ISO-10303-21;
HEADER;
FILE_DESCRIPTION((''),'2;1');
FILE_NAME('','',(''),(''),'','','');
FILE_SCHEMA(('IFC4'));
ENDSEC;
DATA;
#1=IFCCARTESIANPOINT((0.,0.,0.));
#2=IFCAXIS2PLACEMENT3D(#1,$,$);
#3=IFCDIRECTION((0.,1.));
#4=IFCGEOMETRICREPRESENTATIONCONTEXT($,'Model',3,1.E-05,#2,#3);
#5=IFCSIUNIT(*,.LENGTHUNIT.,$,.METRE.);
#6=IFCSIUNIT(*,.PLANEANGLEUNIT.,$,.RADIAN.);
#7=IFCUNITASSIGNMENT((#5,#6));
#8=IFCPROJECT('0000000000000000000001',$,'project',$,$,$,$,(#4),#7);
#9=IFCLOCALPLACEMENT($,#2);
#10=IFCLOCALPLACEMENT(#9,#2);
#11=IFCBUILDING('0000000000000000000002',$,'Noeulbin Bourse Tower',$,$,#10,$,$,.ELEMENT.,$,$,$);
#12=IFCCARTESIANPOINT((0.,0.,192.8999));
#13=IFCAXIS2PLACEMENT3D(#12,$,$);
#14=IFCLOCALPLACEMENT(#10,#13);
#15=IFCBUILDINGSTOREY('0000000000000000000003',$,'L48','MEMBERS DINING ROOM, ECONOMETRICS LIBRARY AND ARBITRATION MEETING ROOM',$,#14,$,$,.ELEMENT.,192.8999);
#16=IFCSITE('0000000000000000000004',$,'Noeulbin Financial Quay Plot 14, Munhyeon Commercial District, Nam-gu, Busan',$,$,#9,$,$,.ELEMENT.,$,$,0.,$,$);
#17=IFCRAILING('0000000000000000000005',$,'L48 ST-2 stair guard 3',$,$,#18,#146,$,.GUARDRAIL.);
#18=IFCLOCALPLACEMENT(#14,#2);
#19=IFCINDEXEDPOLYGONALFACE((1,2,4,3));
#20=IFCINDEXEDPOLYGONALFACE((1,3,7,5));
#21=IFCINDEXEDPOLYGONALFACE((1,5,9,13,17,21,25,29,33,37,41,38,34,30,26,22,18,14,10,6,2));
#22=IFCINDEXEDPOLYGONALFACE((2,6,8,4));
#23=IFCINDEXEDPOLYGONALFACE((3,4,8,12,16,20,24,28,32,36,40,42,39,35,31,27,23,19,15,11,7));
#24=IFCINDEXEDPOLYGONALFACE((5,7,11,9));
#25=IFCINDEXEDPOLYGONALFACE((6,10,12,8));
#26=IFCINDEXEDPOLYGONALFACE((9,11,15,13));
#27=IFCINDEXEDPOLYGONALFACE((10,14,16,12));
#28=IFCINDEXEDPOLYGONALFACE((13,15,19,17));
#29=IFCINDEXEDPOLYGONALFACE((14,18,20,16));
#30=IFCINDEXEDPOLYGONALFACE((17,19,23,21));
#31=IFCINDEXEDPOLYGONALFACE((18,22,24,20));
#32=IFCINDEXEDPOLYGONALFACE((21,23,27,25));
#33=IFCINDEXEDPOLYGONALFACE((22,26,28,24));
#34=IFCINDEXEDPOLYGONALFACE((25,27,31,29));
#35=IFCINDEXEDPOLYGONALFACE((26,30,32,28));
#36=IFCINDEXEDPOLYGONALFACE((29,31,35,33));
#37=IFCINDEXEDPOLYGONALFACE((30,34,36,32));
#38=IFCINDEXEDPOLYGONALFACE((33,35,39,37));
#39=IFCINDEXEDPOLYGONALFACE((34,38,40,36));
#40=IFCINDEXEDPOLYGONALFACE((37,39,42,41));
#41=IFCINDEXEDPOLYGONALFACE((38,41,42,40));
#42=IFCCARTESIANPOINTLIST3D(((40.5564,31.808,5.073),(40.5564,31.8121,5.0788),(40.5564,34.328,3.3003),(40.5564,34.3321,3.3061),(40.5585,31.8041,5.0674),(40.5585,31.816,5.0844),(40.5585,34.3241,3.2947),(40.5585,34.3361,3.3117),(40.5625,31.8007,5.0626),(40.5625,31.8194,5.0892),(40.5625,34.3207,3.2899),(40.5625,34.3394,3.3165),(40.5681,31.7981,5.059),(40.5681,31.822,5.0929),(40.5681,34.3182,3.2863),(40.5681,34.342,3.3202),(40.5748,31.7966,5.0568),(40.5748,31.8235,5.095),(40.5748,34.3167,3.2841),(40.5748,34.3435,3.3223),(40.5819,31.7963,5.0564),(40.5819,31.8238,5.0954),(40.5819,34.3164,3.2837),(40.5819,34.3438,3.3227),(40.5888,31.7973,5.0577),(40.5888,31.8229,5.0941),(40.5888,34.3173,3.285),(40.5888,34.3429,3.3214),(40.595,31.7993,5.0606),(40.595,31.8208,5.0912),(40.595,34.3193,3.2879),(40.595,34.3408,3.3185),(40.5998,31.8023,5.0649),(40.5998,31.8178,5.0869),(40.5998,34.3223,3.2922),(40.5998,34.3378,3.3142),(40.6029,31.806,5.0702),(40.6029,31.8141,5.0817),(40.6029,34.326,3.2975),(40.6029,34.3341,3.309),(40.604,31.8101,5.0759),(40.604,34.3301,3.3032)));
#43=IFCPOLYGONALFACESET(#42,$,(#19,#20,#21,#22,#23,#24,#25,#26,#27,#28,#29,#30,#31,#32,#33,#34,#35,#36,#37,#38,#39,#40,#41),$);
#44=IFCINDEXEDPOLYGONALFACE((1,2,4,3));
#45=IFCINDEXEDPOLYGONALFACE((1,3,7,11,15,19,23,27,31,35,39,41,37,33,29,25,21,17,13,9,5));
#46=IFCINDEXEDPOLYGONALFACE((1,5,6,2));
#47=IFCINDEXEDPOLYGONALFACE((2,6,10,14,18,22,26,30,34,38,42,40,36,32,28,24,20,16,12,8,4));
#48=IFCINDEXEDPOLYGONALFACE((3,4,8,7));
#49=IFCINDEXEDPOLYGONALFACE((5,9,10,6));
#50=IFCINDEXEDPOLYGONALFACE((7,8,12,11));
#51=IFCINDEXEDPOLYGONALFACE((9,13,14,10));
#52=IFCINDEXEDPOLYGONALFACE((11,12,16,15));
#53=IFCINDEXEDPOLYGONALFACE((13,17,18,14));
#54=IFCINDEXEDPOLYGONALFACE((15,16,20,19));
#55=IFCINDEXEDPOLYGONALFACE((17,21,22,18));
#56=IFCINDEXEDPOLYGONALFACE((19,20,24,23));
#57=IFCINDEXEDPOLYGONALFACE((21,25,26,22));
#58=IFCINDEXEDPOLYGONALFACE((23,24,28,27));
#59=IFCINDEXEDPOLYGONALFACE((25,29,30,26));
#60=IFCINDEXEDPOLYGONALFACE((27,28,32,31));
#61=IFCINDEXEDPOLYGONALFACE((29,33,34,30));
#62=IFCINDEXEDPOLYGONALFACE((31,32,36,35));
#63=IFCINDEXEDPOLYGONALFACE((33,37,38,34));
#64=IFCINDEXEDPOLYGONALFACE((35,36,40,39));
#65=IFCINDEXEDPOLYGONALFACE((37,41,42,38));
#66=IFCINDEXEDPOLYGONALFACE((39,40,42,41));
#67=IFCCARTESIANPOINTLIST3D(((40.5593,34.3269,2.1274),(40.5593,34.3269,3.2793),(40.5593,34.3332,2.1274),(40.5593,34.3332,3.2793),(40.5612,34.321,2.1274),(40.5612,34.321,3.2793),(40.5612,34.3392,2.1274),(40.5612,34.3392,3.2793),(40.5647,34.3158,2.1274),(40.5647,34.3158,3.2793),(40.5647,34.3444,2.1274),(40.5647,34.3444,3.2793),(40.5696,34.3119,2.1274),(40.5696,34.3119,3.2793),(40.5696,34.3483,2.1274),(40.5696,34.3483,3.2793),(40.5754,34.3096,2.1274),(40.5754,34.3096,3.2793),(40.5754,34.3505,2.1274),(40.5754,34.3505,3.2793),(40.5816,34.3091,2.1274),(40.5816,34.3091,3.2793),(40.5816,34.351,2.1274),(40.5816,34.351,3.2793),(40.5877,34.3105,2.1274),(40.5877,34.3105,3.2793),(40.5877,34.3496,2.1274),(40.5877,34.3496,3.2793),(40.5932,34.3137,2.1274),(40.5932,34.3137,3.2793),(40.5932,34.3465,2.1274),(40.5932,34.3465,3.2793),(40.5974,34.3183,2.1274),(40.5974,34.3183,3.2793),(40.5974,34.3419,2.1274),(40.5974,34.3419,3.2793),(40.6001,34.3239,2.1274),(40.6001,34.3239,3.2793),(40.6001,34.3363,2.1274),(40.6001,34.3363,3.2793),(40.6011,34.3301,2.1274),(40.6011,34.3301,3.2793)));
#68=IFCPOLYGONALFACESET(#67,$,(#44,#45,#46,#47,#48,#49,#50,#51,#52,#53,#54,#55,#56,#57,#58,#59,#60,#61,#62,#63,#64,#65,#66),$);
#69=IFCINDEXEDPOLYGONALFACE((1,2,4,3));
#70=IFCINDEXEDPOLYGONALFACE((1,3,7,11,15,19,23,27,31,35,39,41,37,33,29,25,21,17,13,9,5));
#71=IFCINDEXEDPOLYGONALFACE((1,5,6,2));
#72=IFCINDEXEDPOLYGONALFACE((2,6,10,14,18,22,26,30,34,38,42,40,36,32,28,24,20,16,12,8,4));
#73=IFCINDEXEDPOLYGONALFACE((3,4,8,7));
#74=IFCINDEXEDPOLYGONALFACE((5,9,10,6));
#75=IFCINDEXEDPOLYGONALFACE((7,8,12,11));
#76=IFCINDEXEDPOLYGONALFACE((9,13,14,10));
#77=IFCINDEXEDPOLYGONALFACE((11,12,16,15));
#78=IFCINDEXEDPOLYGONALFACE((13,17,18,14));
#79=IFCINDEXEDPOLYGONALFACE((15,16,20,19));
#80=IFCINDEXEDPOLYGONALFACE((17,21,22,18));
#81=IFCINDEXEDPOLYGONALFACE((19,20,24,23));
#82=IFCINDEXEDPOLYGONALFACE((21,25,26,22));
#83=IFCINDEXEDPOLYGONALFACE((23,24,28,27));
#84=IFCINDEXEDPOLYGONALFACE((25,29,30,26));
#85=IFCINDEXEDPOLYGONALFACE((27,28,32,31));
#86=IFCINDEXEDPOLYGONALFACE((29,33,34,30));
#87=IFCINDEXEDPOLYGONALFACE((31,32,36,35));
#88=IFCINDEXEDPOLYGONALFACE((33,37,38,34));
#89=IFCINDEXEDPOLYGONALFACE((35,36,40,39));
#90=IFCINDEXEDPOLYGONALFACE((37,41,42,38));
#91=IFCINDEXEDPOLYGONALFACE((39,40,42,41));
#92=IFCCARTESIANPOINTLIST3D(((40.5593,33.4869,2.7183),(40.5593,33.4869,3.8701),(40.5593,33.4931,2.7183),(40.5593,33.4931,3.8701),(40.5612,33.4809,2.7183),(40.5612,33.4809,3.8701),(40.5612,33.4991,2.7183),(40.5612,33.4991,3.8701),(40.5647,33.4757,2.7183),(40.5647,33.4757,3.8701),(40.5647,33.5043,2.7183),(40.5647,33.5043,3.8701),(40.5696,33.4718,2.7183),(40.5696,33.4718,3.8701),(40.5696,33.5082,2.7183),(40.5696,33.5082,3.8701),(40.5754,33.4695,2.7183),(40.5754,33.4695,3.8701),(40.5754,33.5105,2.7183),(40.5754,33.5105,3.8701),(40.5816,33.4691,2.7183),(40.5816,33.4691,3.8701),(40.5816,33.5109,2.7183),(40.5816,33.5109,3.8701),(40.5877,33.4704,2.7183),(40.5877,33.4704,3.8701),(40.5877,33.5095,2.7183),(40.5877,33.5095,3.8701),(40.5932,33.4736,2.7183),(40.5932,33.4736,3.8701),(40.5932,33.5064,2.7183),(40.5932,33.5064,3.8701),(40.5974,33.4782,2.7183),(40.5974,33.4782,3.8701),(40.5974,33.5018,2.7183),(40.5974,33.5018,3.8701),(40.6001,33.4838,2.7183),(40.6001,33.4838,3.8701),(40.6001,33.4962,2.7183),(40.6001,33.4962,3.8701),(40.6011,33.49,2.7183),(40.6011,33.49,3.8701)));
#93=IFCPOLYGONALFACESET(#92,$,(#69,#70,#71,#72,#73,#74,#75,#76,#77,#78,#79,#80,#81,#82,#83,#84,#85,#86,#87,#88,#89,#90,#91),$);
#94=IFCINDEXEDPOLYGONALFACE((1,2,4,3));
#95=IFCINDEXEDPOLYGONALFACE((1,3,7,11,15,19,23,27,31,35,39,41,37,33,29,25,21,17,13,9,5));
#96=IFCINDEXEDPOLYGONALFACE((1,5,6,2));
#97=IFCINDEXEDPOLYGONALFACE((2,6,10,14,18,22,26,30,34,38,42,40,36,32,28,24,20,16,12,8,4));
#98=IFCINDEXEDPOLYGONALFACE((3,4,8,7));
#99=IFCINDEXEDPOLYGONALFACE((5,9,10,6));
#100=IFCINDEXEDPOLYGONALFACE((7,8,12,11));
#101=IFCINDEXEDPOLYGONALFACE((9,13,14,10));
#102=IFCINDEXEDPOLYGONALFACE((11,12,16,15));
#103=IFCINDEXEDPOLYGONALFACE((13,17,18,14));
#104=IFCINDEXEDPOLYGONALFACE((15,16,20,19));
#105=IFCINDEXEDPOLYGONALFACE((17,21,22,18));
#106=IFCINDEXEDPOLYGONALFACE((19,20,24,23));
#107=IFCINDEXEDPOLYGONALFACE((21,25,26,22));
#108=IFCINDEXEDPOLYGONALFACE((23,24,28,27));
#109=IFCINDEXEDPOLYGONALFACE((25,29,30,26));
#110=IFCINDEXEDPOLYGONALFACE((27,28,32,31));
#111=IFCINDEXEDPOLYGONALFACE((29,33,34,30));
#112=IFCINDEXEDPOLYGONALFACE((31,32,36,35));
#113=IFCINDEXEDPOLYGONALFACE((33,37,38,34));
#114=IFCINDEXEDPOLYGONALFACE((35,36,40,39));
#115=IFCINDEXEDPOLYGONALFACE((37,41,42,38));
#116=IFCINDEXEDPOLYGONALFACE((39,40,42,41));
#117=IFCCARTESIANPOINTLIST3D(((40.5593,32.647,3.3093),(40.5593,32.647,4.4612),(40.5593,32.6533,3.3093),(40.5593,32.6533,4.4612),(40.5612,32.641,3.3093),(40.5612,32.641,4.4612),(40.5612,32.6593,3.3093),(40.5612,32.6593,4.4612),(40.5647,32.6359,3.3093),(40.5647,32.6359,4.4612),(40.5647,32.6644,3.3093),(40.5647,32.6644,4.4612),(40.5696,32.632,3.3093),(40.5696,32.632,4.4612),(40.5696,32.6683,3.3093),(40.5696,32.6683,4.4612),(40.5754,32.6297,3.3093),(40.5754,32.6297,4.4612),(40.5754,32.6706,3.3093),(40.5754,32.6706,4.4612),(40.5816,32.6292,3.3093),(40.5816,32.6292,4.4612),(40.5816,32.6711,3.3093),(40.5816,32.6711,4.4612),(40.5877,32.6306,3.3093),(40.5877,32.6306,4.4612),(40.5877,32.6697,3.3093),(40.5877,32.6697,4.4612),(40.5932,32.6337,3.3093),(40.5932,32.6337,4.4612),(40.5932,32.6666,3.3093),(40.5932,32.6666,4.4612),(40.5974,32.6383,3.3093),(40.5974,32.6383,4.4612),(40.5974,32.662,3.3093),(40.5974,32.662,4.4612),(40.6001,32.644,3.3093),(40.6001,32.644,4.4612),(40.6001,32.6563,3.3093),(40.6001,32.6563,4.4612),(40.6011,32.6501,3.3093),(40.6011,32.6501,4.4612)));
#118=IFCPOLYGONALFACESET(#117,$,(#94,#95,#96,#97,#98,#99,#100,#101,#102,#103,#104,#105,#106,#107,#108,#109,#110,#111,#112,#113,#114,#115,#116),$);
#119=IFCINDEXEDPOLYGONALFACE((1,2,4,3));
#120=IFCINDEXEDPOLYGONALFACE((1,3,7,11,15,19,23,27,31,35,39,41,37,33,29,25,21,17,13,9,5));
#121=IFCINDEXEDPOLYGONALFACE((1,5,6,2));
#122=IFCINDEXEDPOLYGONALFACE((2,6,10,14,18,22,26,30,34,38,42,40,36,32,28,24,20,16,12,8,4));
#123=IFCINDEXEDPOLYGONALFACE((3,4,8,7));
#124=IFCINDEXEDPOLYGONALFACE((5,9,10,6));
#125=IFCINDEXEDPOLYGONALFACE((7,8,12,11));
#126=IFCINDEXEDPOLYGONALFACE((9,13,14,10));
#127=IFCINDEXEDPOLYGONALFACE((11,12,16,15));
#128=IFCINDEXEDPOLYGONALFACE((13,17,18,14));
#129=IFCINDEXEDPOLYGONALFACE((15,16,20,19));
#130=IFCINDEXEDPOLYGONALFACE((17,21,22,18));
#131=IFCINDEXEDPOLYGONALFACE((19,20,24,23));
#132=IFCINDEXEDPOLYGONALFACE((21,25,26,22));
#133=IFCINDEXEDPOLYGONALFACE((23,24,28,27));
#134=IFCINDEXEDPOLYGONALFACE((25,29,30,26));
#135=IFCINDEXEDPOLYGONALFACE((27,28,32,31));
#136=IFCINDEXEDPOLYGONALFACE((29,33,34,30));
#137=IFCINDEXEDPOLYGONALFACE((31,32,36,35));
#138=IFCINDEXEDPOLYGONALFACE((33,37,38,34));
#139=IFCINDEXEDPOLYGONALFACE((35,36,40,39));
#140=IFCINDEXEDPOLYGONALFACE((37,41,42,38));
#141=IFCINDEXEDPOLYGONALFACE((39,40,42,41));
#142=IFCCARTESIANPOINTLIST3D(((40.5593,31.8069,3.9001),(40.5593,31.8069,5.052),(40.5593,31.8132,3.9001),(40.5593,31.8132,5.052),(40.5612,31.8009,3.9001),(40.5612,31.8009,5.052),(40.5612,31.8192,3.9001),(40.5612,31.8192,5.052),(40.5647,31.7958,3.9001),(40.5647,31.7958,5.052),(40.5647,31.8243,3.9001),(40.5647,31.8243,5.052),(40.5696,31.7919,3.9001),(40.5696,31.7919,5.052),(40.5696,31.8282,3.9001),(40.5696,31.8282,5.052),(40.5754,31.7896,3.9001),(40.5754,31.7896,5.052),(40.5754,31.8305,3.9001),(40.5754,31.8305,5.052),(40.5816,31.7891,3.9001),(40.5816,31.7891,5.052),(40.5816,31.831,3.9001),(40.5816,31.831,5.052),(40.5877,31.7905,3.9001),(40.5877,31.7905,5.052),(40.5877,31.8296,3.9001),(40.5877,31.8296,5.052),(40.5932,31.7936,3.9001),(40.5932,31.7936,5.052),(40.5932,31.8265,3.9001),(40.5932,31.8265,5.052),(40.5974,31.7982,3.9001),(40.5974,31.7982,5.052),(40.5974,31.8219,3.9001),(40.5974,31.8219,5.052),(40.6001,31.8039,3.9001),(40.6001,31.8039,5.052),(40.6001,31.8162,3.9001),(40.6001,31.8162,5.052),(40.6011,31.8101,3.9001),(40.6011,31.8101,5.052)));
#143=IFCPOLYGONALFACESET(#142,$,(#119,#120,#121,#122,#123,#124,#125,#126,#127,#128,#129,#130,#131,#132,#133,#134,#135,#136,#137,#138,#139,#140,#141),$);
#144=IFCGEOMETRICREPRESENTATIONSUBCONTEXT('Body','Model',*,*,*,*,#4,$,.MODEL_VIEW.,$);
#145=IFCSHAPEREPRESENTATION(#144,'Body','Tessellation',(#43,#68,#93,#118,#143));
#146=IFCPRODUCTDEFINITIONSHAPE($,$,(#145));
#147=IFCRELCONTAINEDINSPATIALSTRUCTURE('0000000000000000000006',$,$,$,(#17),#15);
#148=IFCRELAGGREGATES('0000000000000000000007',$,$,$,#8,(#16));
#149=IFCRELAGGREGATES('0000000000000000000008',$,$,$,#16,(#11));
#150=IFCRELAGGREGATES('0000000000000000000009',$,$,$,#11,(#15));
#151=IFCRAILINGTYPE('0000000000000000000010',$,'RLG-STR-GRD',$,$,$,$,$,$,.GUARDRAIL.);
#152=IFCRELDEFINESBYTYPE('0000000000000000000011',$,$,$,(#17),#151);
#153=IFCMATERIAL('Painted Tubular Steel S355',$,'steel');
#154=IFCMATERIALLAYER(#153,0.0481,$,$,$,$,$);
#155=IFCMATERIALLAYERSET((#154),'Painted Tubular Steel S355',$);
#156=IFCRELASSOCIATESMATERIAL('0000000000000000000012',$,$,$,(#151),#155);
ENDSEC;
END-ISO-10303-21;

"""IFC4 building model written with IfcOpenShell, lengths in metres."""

from ifc_helpers import new_model, si_unit, direction, frame, origin, origin_2d, place, context, subcontext, project, spatial, circle, extrude, material, layer, layer_set, type_object, element, save


model = new_model("IFC4")

# Units and contexts
model_context = context("Model", 3, precision=1e-05, world=origin(), true_north=direction((0.0, 1.0)))
body_context = subcontext(model_context, "Body", "Model", "MODEL_VIEW")
ifc_project = project(units=[si_unit("LENGTHUNIT", "METRE"), si_unit("PLANEANGLEUNIT", "RADIAN")], contexts=[model_context])

# Site, building, storey
site_placement = place(None, origin())
site = spatial("IfcSite", under=ifc_project, at=site_placement, Name="Noeulbin Financial Quay Plot 14, Munhyeon Commercial District, Nam-gu, Busan", CompositionType="ELEMENT", RefElevation=0.0)
building_placement = place(site_placement, origin())
building = spatial("IfcBuilding", under=site, at=building_placement, Name="Noeulbin Bourse Tower", CompositionType="ELEMENT")
storey_placement = place(building_placement, frame((0.0, 0.0, 192.8999)))
storey = spatial("IfcBuildingStorey", under=building, at=storey_placement, Name="L48", Description="MEMBERS DINING ROOM, ECONOMETRICS LIBRARY AND ARBITRATION MEETING ROOM", CompositionType="ELEMENT", Elevation=192.8999)

# Railing
ifc_material_1 = material(Name="Painted Tubular Steel S355", Category="steel")
ifc_layer_1 = layer(ifc_material_1, 0.0481)
ifc_layer_set_1 = layer_set([ifc_layer_1], Name="Painted Tubular Steel S355")
railing_type_1 = type_object("IfcRailingType", Name="RLG-STR-GRD", PredefinedType="GUARDRAIL", material=ifc_layer_set_1)
railing_1_placement = place(storey_placement, frame((40.5801, 34.3301, 2.1274)))
element("IfcRailing", 1, at=railing_1_placement, inside=storey, type_object=railing_type_1, Name="L48 ST-2 stair guard 3", PredefinedType="GUARDRAIL", context=body_context, shape_type="SweptSolid", body=[
    extrude(circle(Radius=0.0239, at=origin_2d()), frame((0.0, 0.0, 1.1758), z_axis=(0.0, -0.817904, 0.575354), x_axis=(1.0, 0.0, 0.0)), (0.0, 0.0, 1.0), 3.0811),
    extrude(circle(Radius=0.021, at=origin_2d()), origin(), (0.0, 0.0, 1.0), 1.1519),
    extrude(circle(Radius=0.021, at=origin_2d()), frame((0.0, -0.8401, 0.5908)), (0.0, 0.0, 1.0), 1.1519),
    extrude(circle(Radius=0.021, at=origin_2d()), frame((0.0, -1.6799, 1.1819)), (0.0, 0.0, 1.0), 1.1519),
    extrude(circle(Radius=0.021, at=origin_2d()), frame((0.0, -2.52, 1.7727)), (0.0, 0.0, 1.0), 1.1519),
])

save(model, "model.ifc")
